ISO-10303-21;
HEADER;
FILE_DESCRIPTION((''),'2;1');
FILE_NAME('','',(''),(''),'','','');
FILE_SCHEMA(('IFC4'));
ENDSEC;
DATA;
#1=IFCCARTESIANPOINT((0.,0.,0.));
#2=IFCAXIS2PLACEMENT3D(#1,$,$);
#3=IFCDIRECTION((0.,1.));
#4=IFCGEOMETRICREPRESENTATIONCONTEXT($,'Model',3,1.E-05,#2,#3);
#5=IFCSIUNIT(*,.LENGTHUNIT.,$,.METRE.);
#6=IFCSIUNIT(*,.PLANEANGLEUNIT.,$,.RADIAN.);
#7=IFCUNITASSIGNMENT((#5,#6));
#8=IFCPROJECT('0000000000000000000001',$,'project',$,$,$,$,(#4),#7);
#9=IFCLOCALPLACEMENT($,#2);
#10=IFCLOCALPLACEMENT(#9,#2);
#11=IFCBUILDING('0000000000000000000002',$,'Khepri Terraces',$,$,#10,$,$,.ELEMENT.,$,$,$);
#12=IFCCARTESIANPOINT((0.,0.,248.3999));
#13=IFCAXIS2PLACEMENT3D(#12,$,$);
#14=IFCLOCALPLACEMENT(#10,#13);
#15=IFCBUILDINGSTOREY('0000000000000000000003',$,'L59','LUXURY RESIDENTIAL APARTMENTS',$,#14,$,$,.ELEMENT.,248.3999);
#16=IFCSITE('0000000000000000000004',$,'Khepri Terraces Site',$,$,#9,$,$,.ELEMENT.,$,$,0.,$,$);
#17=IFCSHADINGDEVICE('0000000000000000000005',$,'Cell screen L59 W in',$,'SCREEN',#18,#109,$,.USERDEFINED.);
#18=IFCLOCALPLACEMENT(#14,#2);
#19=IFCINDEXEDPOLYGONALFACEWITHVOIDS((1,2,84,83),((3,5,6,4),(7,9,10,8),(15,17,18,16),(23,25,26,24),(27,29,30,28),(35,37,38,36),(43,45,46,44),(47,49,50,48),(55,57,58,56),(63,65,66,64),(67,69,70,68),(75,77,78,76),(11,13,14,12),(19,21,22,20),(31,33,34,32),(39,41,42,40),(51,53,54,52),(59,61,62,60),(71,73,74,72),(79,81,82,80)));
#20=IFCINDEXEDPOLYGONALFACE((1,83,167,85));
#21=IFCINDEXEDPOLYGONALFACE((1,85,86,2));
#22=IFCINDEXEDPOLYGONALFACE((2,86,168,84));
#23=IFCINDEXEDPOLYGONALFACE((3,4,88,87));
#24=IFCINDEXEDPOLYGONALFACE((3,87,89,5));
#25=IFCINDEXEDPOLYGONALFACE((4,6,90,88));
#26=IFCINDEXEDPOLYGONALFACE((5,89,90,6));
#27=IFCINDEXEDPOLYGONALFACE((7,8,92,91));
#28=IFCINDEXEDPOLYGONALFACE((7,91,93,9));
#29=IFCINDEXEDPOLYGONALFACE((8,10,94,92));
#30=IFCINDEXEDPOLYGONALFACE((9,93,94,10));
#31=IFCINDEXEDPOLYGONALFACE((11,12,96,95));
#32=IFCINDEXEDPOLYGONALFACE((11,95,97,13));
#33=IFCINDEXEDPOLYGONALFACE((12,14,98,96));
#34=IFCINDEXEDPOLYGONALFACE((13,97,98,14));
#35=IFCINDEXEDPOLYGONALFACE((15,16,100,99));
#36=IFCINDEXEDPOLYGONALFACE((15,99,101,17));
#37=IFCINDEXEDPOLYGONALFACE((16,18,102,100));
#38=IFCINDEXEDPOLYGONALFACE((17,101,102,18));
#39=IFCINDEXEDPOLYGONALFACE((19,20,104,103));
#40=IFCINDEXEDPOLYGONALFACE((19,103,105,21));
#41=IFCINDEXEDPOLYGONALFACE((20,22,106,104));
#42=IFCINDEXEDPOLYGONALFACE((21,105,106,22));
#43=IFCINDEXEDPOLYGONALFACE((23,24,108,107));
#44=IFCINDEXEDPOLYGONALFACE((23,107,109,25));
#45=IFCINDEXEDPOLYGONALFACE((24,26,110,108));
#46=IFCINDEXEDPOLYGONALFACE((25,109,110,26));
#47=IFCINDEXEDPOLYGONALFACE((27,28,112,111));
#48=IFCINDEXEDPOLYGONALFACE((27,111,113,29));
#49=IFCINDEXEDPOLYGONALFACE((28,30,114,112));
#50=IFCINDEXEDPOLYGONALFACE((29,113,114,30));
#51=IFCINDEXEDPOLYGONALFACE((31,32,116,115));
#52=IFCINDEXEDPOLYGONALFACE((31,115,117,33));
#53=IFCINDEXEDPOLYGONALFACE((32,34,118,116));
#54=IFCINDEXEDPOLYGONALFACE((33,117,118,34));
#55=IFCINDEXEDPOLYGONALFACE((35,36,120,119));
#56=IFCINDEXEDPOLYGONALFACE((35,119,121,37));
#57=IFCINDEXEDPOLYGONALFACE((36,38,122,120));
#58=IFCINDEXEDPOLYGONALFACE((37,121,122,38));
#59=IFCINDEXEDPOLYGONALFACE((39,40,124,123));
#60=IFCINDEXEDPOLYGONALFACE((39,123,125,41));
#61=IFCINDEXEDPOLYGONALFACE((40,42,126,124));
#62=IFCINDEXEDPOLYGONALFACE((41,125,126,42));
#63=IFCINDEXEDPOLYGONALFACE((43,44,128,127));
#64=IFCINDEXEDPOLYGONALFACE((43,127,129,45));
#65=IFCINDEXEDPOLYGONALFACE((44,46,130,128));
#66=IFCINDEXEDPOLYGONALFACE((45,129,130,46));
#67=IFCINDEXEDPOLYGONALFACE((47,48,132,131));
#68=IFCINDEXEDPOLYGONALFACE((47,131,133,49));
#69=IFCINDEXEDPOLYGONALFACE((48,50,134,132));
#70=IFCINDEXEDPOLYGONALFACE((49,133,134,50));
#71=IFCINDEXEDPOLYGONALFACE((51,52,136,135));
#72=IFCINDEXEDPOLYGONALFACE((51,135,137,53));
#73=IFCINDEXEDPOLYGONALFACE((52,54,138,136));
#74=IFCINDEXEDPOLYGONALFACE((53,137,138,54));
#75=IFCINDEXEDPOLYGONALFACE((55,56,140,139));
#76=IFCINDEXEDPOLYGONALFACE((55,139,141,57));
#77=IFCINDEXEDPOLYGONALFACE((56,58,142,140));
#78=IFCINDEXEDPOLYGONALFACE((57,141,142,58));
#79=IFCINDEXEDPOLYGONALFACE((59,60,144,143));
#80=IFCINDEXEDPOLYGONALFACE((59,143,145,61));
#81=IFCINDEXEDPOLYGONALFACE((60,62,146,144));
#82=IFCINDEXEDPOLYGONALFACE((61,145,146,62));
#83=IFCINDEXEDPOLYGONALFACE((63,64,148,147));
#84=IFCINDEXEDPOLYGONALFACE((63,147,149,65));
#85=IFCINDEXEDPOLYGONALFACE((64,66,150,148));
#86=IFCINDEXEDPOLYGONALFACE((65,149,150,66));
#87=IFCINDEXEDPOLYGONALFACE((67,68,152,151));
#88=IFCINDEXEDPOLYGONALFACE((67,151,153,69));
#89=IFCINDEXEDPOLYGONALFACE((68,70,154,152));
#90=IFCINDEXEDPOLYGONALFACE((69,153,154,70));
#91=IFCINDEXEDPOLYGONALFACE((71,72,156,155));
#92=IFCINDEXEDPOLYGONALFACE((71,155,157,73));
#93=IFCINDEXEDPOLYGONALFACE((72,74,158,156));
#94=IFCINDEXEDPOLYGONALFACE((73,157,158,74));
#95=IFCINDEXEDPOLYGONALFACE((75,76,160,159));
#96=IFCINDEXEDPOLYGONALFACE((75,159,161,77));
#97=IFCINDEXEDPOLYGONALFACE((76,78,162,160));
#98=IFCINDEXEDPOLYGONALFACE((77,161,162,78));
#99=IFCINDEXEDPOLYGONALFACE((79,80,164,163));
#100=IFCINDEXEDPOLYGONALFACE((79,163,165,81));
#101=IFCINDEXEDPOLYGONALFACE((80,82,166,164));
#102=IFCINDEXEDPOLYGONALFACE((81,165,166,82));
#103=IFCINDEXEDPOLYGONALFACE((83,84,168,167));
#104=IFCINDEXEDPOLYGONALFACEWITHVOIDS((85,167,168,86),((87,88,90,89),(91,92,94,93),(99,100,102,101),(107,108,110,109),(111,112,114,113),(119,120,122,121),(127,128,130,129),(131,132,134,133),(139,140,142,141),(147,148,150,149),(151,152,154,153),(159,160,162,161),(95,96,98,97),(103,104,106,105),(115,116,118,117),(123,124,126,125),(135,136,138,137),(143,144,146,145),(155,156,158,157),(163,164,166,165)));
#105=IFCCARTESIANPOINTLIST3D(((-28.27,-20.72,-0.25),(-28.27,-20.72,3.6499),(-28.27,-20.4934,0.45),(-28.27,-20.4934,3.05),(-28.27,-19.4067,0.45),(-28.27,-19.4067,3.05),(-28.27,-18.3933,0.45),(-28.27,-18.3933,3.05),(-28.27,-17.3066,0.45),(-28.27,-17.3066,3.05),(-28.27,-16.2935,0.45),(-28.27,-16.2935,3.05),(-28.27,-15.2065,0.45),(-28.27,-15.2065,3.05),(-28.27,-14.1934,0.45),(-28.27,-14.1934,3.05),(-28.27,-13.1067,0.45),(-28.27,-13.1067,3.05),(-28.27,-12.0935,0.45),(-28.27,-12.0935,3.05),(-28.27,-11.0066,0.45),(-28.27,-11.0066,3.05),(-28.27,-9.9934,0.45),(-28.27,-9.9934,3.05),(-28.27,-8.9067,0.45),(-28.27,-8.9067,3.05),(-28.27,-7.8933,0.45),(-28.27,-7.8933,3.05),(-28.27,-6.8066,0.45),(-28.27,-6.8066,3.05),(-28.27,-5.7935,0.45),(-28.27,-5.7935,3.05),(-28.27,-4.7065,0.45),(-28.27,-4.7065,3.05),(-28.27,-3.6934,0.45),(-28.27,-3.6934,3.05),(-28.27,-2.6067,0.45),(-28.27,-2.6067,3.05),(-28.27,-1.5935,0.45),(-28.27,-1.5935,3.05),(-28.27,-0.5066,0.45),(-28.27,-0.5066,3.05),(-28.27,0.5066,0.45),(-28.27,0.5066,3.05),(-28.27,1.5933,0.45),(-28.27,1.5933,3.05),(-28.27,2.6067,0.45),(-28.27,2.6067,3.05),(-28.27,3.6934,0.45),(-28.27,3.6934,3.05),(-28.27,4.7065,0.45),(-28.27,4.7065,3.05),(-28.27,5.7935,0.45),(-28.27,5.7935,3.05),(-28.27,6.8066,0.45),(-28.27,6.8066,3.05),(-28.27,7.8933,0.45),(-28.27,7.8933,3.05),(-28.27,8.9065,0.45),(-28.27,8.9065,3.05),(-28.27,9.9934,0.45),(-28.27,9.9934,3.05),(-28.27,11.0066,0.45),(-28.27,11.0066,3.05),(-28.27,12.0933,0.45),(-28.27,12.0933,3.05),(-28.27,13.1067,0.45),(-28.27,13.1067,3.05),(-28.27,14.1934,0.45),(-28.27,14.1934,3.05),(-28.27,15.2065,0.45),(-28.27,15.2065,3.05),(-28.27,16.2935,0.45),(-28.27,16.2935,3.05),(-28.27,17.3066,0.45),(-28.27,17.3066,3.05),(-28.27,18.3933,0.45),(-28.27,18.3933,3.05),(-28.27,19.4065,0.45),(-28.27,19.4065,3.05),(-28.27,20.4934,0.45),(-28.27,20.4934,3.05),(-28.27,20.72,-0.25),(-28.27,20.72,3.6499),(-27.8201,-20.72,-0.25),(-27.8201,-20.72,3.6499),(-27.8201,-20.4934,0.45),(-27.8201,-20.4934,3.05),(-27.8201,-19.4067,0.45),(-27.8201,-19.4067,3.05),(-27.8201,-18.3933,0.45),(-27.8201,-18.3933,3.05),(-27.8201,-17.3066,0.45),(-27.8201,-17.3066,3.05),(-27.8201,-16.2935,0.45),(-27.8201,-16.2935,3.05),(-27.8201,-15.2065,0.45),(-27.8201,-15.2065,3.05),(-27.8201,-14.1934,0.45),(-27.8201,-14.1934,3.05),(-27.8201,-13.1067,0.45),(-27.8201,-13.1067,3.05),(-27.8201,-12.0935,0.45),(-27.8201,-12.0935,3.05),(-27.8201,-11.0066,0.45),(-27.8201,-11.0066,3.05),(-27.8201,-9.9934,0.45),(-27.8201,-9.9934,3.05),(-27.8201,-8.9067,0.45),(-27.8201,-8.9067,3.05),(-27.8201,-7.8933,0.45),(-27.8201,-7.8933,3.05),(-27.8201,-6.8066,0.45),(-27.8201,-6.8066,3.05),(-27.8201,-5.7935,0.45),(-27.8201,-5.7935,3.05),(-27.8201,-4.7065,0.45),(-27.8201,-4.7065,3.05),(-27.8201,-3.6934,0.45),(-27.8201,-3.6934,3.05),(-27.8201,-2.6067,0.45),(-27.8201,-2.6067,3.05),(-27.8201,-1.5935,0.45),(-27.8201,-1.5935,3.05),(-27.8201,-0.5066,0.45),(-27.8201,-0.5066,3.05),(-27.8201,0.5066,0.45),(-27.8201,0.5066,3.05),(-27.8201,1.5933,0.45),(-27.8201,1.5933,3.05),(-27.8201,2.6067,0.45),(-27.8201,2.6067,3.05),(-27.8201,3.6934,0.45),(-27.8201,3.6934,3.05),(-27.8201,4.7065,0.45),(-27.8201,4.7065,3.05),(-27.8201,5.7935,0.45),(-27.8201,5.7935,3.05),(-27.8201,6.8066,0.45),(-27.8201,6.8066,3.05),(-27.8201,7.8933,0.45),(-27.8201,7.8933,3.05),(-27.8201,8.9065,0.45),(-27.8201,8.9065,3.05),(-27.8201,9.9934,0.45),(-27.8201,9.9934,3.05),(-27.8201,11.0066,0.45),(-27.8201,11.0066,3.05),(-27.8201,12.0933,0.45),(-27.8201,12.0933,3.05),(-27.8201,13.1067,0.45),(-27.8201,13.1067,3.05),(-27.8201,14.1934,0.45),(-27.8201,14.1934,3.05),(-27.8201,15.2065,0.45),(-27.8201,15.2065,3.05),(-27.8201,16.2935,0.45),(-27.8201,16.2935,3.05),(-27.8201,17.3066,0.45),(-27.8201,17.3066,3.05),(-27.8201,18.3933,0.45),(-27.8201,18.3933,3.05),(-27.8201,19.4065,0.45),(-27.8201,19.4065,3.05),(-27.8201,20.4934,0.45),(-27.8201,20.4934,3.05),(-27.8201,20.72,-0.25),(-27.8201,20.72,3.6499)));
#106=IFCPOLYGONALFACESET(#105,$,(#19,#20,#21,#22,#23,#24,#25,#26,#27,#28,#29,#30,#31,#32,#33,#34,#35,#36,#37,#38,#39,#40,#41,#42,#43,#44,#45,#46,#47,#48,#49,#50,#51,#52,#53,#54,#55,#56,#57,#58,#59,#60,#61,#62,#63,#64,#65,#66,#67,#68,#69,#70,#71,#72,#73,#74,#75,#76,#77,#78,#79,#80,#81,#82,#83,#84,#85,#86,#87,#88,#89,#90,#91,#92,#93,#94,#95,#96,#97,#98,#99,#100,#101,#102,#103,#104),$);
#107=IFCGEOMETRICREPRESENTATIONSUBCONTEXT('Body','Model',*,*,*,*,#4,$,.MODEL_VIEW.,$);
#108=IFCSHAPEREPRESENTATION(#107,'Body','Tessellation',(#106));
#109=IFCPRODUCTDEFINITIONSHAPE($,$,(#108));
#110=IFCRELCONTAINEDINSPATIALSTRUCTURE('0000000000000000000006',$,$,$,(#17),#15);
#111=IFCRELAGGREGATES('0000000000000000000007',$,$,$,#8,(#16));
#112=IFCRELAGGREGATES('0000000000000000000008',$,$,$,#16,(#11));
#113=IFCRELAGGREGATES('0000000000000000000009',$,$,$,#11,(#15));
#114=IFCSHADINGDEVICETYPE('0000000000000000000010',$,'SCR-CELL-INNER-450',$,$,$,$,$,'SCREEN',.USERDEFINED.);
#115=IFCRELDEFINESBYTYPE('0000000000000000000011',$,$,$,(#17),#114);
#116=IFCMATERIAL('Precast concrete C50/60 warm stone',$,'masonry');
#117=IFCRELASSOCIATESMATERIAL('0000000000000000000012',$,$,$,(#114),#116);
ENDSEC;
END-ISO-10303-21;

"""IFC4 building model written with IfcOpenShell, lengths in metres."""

from ifc_helpers import new_model, si_unit, direction, frame, origin, place, context, subcontext, project, spatial, polyline, outline, extrude, material, type_object, element, save


model = new_model("IFC4")

# Units and contexts
model_context = context("Model", 3, precision=1e-05, world=origin(), true_north=direction((0.0, 1.0)))
body_context = subcontext(model_context, "Body", "Model", "MODEL_VIEW")
ifc_project = project(units=[si_unit("LENGTHUNIT", "METRE"), si_unit("PLANEANGLEUNIT", "RADIAN")], contexts=[model_context])

# Site, building, storey
site_placement = place(None, origin())
site = spatial("IfcSite", under=ifc_project, at=site_placement, Name="Khepri Terraces Site", CompositionType="ELEMENT", RefElevation=0.0)
building_placement = place(site_placement, origin())
building = spatial("IfcBuilding", under=site, at=building_placement, Name="Khepri Terraces", CompositionType="ELEMENT")
storey_placement = place(building_placement, frame((0.0, 0.0, 248.3999)))
storey = spatial("IfcBuildingStorey", under=building, at=storey_placement, Name="L59", Description="LUXURY RESIDENTIAL APARTMENTS", CompositionType="ELEMENT", Elevation=248.3999)

# Shared definitions
ifc_material_1 = material(Name="Precast concrete C50/60 warm stone", Category="masonry")

# Shading device
shading_device_type_1 = type_object("IfcShadingDeviceType", Name="SCR-CELL-INNER-450", ElementType="SCREEN", PredefinedType="USERDEFINED", material=ifc_material_1)
shading_device_1_placement = place(storey_placement, frame((-27.8201, 20.72, -0.25), z_axis=(-1.0, 0.0, 0.0), x_axis=(0.0, -1.0, 0.0)))
element("IfcShadingDevice", 1, at=shading_device_1_placement, inside=storey, type_object=shading_device_type_1, Name="Cell screen L59 W in", ObjectType="SCREEN", PredefinedType="USERDEFINED", context=body_context, shape_type="SweptSolid", body=[
    extrude(outline(polyline([(0.0, 0.0), (41.4399, 0.0), (41.4399, 3.8999), (0.0, 3.8999), (0.0, 0.0)]), holes=[polyline([(0.2266, 0.7), (1.3135, 0.7), (1.3135, 3.3), (0.2266, 3.3), (0.2266, 0.7)]), polyline([(2.3267, 0.7), (3.4133, 0.7), (3.4133, 3.3), (2.3267, 3.3), (2.3267, 0.7)]), polyline([(4.4265, 0.7), (5.5134, 0.7), (5.5134, 3.3), (4.4265, 3.3), (4.4265, 0.7)]), polyline([(6.5266, 0.7), (7.6133, 0.7), (7.6133, 3.3), (6.5266, 3.3), (6.5266, 0.7)]), polyline([(8.6267, 0.7), (9.7134, 0.7), (9.7134, 3.3), (8.6267, 3.3), (8.6267, 0.7)]), polyline([(10.7266, 0.7), (11.8135, 0.7), (11.8135, 3.3), (10.7266, 3.3), (10.7266, 0.7)]), polyline([(12.8267, 0.7), (13.9133, 0.7), (13.9133, 3.3), (12.8267, 3.3), (12.8267, 0.7)]), polyline([(14.9265, 0.7), (16.0134, 0.7), (16.0134, 3.3), (14.9265, 3.3), (14.9265, 0.7)]), polyline([(17.0266, 0.7), (18.1133, 0.7), (18.1133, 3.3), (17.0266, 3.3), (17.0266, 0.7)]), polyline([(19.1267, 0.7), (20.2134, 0.7), (20.2134, 3.3), (19.1267, 3.3), (19.1267, 0.7)]), polyline([(21.2266, 0.7), (22.3135, 0.7), (22.3135, 3.3), (21.2266, 3.3), (21.2266, 0.7)]), polyline([(23.3267, 0.7), (24.4133, 0.7), (24.4133, 3.3), (23.3267, 3.3), (23.3267, 0.7)]), polyline([(25.4265, 0.7), (26.5134, 0.7), (26.5134, 3.3), (25.4265, 3.3), (25.4265, 0.7)]), polyline([(27.5266, 0.7), (28.6133, 0.7), (28.6133, 3.3), (27.5266, 3.3), (27.5266, 0.7)]), polyline([(29.6267, 0.7), (30.7134, 0.7), (30.7134, 3.3), (29.6267, 3.3), (29.6267, 0.7)]), polyline([(31.7266, 0.7), (32.8135, 0.7), (32.8135, 3.3), (31.7266, 3.3), (31.7266, 0.7)]), polyline([(33.8267, 0.7), (34.9133, 0.7), (34.9133, 3.3), (33.8267, 3.3), (33.8267, 0.7)]), polyline([(35.9265, 0.7), (37.0134, 0.7), (37.0134, 3.3), (35.9265, 3.3), (35.9265, 0.7)]), polyline([(38.0266, 0.7), (39.1133, 0.7), (39.1133, 3.3), (38.0266, 3.3), (38.0266, 0.7)]), polyline([(40.1267, 0.7), (41.2134, 0.7), (41.2134, 3.3), (40.1267, 3.3), (40.1267, 0.7)])]), origin(), (0.0, 0.0, 1.0), 0.45),
])

save(model, "model.ifc")
